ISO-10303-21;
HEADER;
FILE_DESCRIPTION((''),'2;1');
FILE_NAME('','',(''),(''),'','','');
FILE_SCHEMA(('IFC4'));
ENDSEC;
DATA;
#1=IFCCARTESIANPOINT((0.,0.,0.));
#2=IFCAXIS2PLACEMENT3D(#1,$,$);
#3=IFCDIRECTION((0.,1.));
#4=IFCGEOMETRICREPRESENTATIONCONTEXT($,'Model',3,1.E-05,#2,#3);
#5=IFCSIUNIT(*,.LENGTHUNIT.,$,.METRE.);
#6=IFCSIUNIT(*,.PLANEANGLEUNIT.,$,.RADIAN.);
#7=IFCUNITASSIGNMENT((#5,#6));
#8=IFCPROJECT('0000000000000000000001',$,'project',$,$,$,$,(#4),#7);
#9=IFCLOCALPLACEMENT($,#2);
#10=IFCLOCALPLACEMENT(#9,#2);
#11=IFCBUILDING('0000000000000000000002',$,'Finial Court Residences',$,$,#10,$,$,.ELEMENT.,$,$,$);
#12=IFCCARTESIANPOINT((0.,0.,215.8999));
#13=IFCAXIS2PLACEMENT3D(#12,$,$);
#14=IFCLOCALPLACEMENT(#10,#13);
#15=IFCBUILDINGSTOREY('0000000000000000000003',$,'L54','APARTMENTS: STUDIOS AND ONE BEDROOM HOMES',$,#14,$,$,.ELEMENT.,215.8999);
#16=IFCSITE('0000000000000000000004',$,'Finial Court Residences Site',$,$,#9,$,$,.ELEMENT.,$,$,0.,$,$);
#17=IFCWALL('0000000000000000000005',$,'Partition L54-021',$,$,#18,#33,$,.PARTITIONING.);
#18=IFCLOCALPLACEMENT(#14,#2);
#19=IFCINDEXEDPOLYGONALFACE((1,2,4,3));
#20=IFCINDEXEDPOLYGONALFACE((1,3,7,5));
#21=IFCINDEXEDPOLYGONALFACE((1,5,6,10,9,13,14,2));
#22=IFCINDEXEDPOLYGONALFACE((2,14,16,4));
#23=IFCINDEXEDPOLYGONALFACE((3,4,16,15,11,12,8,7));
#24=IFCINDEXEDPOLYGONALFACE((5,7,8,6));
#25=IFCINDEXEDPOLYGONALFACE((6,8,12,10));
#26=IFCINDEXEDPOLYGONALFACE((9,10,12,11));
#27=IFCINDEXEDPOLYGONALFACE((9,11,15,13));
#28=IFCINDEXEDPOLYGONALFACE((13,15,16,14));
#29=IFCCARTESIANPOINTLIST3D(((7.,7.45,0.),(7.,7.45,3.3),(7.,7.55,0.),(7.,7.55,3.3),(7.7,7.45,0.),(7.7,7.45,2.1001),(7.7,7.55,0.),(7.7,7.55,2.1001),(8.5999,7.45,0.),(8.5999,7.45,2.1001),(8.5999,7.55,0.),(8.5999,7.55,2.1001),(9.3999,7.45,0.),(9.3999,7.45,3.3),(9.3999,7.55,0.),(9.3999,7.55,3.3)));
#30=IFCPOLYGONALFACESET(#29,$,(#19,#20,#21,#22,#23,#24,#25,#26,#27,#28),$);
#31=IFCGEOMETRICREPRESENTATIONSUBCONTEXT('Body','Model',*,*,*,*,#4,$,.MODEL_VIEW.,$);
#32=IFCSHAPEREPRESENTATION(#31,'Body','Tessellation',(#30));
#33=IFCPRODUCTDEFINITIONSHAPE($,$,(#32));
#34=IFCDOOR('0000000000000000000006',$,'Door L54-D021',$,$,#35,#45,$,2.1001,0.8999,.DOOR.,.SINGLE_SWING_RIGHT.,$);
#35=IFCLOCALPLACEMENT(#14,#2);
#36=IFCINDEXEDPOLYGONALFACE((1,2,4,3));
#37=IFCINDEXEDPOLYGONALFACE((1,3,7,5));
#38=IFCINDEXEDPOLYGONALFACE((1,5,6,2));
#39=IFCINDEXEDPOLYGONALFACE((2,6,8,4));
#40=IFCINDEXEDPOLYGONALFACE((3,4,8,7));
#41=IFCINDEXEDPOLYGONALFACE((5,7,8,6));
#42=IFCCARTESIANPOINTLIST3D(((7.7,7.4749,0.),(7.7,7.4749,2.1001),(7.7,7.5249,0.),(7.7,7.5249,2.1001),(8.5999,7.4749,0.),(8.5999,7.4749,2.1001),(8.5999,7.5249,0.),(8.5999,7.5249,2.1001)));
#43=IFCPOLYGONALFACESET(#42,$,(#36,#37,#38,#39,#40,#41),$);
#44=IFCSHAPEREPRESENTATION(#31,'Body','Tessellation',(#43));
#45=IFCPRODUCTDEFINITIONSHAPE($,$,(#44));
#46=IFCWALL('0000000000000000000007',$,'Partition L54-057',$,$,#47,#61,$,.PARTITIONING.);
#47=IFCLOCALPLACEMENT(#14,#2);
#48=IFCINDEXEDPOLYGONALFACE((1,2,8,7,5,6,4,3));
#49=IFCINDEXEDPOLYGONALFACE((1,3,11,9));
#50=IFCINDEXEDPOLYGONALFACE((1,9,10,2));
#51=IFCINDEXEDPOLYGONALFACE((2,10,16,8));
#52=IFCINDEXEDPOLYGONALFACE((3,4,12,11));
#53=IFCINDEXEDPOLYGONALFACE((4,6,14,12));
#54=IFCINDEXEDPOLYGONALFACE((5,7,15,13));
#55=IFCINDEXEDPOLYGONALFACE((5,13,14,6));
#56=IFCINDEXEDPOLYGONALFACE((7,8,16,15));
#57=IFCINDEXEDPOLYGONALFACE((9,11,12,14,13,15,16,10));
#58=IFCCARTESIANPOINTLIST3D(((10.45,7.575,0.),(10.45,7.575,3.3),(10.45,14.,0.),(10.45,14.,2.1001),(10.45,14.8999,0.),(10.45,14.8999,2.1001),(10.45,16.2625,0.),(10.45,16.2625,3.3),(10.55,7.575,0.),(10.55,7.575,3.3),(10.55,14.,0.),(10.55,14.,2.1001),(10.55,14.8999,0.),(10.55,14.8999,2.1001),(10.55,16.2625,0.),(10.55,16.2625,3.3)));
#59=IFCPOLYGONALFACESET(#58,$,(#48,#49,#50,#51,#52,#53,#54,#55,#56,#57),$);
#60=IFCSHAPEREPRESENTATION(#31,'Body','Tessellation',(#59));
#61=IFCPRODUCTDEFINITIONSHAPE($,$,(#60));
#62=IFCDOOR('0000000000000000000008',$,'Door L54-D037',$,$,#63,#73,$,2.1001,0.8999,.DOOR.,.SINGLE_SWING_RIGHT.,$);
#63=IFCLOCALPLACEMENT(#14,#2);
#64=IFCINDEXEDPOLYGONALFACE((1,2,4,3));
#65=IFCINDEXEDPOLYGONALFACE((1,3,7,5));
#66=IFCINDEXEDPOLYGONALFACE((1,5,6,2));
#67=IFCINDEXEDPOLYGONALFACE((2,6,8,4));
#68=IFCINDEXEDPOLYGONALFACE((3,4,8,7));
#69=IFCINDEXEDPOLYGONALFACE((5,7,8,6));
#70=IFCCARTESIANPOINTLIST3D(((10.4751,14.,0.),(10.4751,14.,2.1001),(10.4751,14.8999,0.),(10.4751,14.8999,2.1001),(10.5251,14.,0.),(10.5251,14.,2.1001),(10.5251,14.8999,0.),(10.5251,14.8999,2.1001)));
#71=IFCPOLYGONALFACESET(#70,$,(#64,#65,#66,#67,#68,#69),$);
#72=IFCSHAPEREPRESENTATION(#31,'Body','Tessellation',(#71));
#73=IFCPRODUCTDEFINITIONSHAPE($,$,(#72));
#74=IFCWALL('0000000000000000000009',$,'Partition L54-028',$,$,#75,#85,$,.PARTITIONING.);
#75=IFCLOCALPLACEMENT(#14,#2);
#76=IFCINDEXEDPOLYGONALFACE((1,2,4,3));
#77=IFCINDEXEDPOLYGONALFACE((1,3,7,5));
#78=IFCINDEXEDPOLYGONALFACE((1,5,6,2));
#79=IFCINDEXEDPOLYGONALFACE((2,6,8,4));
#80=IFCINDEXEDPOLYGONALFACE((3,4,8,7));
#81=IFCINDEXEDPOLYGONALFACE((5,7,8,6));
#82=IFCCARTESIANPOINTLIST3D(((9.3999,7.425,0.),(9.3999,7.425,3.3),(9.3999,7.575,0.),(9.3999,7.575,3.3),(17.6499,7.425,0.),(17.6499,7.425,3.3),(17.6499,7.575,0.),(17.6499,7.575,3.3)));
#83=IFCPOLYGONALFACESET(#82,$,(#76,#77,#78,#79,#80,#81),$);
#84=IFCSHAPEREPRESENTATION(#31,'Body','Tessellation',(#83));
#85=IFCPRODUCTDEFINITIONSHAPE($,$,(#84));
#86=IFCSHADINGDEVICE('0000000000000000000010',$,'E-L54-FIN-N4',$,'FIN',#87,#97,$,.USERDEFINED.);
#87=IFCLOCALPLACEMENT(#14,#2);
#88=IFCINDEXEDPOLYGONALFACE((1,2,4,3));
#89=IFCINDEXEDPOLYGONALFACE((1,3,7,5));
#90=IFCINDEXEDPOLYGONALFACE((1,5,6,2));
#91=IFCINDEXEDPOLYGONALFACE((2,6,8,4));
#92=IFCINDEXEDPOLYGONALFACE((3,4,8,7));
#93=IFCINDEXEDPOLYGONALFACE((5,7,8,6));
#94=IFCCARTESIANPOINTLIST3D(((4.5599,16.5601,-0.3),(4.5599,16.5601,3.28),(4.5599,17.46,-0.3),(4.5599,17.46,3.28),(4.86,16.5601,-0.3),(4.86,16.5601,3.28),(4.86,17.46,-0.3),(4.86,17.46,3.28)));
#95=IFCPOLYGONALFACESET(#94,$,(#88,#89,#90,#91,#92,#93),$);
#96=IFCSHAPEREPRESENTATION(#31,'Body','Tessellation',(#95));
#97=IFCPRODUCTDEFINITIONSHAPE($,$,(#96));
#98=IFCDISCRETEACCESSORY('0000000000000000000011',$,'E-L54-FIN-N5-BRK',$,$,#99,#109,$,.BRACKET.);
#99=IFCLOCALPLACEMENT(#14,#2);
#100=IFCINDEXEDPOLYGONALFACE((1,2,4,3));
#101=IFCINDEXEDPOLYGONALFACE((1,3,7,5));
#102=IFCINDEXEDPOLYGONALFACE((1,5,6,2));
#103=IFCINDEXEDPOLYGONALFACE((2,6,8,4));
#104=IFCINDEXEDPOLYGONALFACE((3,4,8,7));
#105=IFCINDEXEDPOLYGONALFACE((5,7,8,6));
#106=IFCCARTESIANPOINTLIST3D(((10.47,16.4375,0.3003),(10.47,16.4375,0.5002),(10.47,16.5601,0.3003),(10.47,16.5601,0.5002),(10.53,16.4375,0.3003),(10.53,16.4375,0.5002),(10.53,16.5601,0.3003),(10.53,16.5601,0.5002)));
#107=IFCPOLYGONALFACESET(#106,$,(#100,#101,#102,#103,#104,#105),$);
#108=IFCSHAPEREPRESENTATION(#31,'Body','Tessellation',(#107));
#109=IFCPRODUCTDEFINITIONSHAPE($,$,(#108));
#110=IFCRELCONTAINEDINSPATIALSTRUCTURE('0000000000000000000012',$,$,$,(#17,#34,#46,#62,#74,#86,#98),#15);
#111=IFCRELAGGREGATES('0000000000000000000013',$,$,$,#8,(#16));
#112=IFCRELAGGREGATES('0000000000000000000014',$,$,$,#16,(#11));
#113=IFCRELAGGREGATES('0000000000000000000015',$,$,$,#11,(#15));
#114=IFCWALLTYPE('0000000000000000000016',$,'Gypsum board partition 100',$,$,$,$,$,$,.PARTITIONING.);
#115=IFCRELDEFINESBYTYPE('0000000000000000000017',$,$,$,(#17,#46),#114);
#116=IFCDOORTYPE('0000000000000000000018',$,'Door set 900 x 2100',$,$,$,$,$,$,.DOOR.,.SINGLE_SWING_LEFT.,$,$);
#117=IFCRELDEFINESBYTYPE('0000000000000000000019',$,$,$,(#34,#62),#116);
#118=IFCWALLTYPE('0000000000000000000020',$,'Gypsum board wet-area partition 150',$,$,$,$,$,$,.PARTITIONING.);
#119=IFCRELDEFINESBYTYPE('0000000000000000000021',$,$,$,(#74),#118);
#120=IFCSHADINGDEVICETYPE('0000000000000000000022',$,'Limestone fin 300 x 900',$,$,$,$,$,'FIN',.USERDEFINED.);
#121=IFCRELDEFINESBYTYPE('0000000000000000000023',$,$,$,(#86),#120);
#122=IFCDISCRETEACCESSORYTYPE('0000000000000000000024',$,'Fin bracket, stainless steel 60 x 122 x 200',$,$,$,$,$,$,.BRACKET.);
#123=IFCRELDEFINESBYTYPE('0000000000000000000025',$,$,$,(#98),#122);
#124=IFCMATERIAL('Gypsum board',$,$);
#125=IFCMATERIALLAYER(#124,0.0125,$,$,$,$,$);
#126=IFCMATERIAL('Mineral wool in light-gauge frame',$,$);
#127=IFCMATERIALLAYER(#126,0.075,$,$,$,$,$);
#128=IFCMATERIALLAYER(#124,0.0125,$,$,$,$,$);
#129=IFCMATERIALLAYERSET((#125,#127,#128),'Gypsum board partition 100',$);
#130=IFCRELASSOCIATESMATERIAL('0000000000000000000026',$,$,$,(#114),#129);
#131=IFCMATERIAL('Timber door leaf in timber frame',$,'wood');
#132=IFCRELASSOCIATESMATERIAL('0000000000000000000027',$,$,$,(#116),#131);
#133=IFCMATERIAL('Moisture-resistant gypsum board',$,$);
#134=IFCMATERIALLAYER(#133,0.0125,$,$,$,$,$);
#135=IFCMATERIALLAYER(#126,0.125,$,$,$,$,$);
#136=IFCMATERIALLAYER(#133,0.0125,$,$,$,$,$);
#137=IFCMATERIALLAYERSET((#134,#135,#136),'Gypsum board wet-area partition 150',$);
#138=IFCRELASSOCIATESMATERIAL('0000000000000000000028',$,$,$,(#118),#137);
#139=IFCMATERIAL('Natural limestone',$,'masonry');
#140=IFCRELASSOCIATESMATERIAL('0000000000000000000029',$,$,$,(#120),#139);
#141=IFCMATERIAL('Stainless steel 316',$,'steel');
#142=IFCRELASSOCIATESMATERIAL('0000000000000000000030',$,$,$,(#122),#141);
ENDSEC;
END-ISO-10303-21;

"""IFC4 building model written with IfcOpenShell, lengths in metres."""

from ifc_helpers import new_model, si_unit, direction, frame, frame_2d, origin, origin_2d, place, context, subcontext, project, spatial, rectangle, extrude, material, layer, layer_set, type_object, element, fill, save


model = new_model("IFC4")

# Units and contexts
model_context = context("Model", 3, precision=1e-05, world=origin(), true_north=direction((0.0, 1.0)))
body_context = subcontext(model_context, "Body", "Model", "MODEL_VIEW")
ifc_project = project(units=[si_unit("LENGTHUNIT", "METRE"), si_unit("PLANEANGLEUNIT", "RADIAN")], contexts=[model_context])

# Site, building, storey
site_placement = place(None, origin())
site = spatial("IfcSite", under=ifc_project, at=site_placement, Name="Finial Court Residences Site", CompositionType="ELEMENT", RefElevation=0.0)
building_placement = place(site_placement, origin())
building = spatial("IfcBuilding", under=site, at=building_placement, Name="Finial Court Residences", CompositionType="ELEMENT")
storey_placement = place(building_placement, frame((0.0, 0.0, 215.8999)))
storey = spatial("IfcBuildingStorey", under=building, at=storey_placement, Name="L54", Description="APARTMENTS: STUDIOS AND ONE BEDROOM HOMES", CompositionType="ELEMENT", Elevation=215.8999)

# Shared definitions
ifc_material_1 = material(Name="Gypsum board")

# Walls, openings, doors
ifc_layer_1 = layer(ifc_material_1, 0.0125)
ifc_material_2 = material(Name="Mineral wool in light-gauge frame")
ifc_layer_2 = layer(ifc_material_2, 0.075)
ifc_layer_3 = layer(ifc_material_1, 0.0125)
ifc_layer_set_1 = layer_set([ifc_layer_1, ifc_layer_2, ifc_layer_3], Name="Gypsum board partition 100")
wall_type_1 = type_object("IfcWallType", Name="Gypsum board partition 100", PredefinedType="PARTITIONING", material=ifc_layer_set_1)
wall_1_placement = place(storey_placement, frame((7.0, 7.5, 0.0), z_axis=(0.0, 0.0, 1.0), x_axis=(1.0, 0.0, 0.0)))
wall_1 = element("IfcWall", 1, at=wall_1_placement, inside=storey, type_object=wall_type_1, Name="Partition L54-021", PredefinedType="PARTITIONING", context=body_context, shape_type="SweptSolid", body=[
    extrude(rectangle(XDim=2.3999, YDim=0.1001, at=frame_2d((1.2, 0.0))), origin(), (0.0, 0.0, 1.0), 3.3),
])
opening_1_placement = place(wall_1_placement, frame((0.7, 0.0, 0.0)))
opening_1 = element("IfcOpeningElement", 2, at=opening_1_placement, cuts=wall_1, PredefinedType="OPENING", context=body_context, shape_type="SweptSolid", body=[
    extrude(rectangle(XDim=0.8999, YDim=2.1001, at=frame_2d((0.45, 1.05))), frame((0.0, 0.0601, 0.0), z_axis=(0.0, -1.0, 0.0), x_axis=(1.0, 0.0, 0.0)), (0.0, 0.0, 1.0), 0.1201),
])
ifc_material_3 = material(Name="Timber door leaf in timber frame", Category="wood")
door_type = type_object("IfcDoorType", Name="Door set 900 x 2100", OperationType="SINGLE_SWING_LEFT", PredefinedType="DOOR", material=ifc_material_3)
door_1_placement = place(opening_1_placement, origin())
door_1 = element("IfcDoor", 3, at=door_1_placement, inside=storey, type_object=door_type, Name="Door L54-D021", OperationType="SINGLE_SWING_RIGHT", OverallHeight=2.1001, OverallWidth=0.8999, PredefinedType="DOOR", context=body_context, shape_type="SweptSolid", body=[
    extrude(rectangle(XDim=0.8999, YDim=2.1001, at=frame_2d((0.45, 1.05))), frame((0.0, 0.0249, 0.0), z_axis=(0.0, -1.0, 0.0), x_axis=(1.0, 0.0, 0.0)), (0.0, 0.0, 1.0), 0.05),
])
fill(opening_1, door_1)
wall_2_placement = place(storey_placement, frame((10.5, 7.575, 0.0), z_axis=(0.0, 0.0, 1.0), x_axis=(0.0, 1.0, 0.0)))
wall_2 = element("IfcWall", 4, at=wall_2_placement, inside=storey, type_object=wall_type_1, Name="Partition L54-057", PredefinedType="PARTITIONING", context=body_context, shape_type="SweptSolid", body=[
    extrude(rectangle(XDim=8.6875, YDim=0.1001, at=frame_2d((4.3438, 0.0))), origin(), (0.0, 0.0, 1.0), 3.3),
])
opening_2_placement = place(wall_2_placement, frame((6.425, 0.0, 0.0)))
opening_2 = element("IfcOpeningElement", 5, at=opening_2_placement, cuts=wall_2, PredefinedType="OPENING", context=body_context, shape_type="SweptSolid", body=[
    extrude(rectangle(XDim=0.8999, YDim=2.1001, at=frame_2d((0.45, 1.05))), frame((0.0, 0.0601, 0.0), z_axis=(0.0, -1.0, 0.0), x_axis=(1.0, 0.0, 0.0)), (0.0, 0.0, 1.0), 0.1201),
])
door_2_placement = place(opening_2_placement, origin())
door_2 = element("IfcDoor", 6, at=door_2_placement, inside=storey, type_object=door_type, Name="Door L54-D037", OperationType="SINGLE_SWING_RIGHT", OverallHeight=2.1001, OverallWidth=0.8999, PredefinedType="DOOR", context=body_context, shape_type="SweptSolid", body=[
    extrude(rectangle(XDim=0.8999, YDim=2.1001, at=frame_2d((0.45, 1.05))), frame((0.0, 0.0249, 0.0), z_axis=(0.0, -1.0, 0.0), x_axis=(1.0, 0.0, 0.0)), (0.0, 0.0, 1.0), 0.05),
])
fill(opening_2, door_2)

# Wall
ifc_material_4 = material(Name="Moisture-resistant gypsum board")
ifc_layer_4 = layer(ifc_material_4, 0.0125)
ifc_layer_5 = layer(ifc_material_2, 0.125)
ifc_layer_6 = layer(ifc_material_4, 0.0125)
ifc_layer_set_2 = layer_set([ifc_layer_4, ifc_layer_5, ifc_layer_6], Name="Gypsum board wet-area partition 150")
wall_type_2 = type_object("IfcWallType", Name="Gypsum board wet-area partition 150", PredefinedType="PARTITIONING", material=ifc_layer_set_2)
wall_3_placement = place(storey_placement, frame((9.3999, 7.5, 0.0), z_axis=(0.0, 0.0, 1.0), x_axis=(1.0, 0.0, 0.0)))
element("IfcWall", 7, at=wall_3_placement, inside=storey, type_object=wall_type_2, Name="Partition L54-028", PredefinedType="PARTITIONING", context=body_context, shape_type="SweptSolid", body=[
    extrude(rectangle(XDim=8.25, YDim=0.1499, at=frame_2d((4.125, 0.0))), origin(), (0.0, 0.0, 1.0), 3.3),
])

# Shading device
ifc_material_5 = material(Name="Natural limestone", Category="masonry")
shading_device_type = type_object("IfcShadingDeviceType", Name="Limestone fin 300 x 900", ElementType="FIN", PredefinedType="USERDEFINED", material=ifc_material_5)
shading_device_placement = place(storey_placement, frame((4.71, 17.01, -0.3), z_axis=(0.0, 0.0, 1.0), x_axis=(1.0, 0.0, 0.0)))
element("IfcShadingDevice", 8, at=shading_device_placement, inside=storey, type_object=shading_device_type, Name="E-L54-FIN-N4", ObjectType="FIN", PredefinedType="USERDEFINED", context=body_context, shape_type="SweptSolid", body=[
    extrude(rectangle(XDim=0.3, YDim=0.8999, at=origin_2d()), origin(), (0.0, 0.0, 1.0), 3.5801),
])

# Discrete accessory
ifc_material_6 = material(Name="Stainless steel 316", Category="steel")
discrete_accessory_type = type_object("IfcDiscreteAccessoryType", Name="Fin bracket, stainless steel 60 x 122 x 200", PredefinedType="BRACKET", material=ifc_material_6)
discrete_accessory_placement = place(storey_placement, frame((10.5, 16.4988, 0.3003), z_axis=(0.0, 0.0, 1.0), x_axis=(1.0, 0.0, 0.0)))
element("IfcDiscreteAccessory", 9, at=discrete_accessory_placement, inside=storey, type_object=discrete_accessory_type, Name="E-L54-FIN-N5-BRK", PredefinedType="BRACKET", context=body_context, shape_type="SweptSolid", body=[
    extrude(rectangle(XDim=0.0601, YDim=0.1226, at=origin_2d()), origin(), (0.0, 0.0, 1.0), 0.2),
])

save(model, "model.ifc")
